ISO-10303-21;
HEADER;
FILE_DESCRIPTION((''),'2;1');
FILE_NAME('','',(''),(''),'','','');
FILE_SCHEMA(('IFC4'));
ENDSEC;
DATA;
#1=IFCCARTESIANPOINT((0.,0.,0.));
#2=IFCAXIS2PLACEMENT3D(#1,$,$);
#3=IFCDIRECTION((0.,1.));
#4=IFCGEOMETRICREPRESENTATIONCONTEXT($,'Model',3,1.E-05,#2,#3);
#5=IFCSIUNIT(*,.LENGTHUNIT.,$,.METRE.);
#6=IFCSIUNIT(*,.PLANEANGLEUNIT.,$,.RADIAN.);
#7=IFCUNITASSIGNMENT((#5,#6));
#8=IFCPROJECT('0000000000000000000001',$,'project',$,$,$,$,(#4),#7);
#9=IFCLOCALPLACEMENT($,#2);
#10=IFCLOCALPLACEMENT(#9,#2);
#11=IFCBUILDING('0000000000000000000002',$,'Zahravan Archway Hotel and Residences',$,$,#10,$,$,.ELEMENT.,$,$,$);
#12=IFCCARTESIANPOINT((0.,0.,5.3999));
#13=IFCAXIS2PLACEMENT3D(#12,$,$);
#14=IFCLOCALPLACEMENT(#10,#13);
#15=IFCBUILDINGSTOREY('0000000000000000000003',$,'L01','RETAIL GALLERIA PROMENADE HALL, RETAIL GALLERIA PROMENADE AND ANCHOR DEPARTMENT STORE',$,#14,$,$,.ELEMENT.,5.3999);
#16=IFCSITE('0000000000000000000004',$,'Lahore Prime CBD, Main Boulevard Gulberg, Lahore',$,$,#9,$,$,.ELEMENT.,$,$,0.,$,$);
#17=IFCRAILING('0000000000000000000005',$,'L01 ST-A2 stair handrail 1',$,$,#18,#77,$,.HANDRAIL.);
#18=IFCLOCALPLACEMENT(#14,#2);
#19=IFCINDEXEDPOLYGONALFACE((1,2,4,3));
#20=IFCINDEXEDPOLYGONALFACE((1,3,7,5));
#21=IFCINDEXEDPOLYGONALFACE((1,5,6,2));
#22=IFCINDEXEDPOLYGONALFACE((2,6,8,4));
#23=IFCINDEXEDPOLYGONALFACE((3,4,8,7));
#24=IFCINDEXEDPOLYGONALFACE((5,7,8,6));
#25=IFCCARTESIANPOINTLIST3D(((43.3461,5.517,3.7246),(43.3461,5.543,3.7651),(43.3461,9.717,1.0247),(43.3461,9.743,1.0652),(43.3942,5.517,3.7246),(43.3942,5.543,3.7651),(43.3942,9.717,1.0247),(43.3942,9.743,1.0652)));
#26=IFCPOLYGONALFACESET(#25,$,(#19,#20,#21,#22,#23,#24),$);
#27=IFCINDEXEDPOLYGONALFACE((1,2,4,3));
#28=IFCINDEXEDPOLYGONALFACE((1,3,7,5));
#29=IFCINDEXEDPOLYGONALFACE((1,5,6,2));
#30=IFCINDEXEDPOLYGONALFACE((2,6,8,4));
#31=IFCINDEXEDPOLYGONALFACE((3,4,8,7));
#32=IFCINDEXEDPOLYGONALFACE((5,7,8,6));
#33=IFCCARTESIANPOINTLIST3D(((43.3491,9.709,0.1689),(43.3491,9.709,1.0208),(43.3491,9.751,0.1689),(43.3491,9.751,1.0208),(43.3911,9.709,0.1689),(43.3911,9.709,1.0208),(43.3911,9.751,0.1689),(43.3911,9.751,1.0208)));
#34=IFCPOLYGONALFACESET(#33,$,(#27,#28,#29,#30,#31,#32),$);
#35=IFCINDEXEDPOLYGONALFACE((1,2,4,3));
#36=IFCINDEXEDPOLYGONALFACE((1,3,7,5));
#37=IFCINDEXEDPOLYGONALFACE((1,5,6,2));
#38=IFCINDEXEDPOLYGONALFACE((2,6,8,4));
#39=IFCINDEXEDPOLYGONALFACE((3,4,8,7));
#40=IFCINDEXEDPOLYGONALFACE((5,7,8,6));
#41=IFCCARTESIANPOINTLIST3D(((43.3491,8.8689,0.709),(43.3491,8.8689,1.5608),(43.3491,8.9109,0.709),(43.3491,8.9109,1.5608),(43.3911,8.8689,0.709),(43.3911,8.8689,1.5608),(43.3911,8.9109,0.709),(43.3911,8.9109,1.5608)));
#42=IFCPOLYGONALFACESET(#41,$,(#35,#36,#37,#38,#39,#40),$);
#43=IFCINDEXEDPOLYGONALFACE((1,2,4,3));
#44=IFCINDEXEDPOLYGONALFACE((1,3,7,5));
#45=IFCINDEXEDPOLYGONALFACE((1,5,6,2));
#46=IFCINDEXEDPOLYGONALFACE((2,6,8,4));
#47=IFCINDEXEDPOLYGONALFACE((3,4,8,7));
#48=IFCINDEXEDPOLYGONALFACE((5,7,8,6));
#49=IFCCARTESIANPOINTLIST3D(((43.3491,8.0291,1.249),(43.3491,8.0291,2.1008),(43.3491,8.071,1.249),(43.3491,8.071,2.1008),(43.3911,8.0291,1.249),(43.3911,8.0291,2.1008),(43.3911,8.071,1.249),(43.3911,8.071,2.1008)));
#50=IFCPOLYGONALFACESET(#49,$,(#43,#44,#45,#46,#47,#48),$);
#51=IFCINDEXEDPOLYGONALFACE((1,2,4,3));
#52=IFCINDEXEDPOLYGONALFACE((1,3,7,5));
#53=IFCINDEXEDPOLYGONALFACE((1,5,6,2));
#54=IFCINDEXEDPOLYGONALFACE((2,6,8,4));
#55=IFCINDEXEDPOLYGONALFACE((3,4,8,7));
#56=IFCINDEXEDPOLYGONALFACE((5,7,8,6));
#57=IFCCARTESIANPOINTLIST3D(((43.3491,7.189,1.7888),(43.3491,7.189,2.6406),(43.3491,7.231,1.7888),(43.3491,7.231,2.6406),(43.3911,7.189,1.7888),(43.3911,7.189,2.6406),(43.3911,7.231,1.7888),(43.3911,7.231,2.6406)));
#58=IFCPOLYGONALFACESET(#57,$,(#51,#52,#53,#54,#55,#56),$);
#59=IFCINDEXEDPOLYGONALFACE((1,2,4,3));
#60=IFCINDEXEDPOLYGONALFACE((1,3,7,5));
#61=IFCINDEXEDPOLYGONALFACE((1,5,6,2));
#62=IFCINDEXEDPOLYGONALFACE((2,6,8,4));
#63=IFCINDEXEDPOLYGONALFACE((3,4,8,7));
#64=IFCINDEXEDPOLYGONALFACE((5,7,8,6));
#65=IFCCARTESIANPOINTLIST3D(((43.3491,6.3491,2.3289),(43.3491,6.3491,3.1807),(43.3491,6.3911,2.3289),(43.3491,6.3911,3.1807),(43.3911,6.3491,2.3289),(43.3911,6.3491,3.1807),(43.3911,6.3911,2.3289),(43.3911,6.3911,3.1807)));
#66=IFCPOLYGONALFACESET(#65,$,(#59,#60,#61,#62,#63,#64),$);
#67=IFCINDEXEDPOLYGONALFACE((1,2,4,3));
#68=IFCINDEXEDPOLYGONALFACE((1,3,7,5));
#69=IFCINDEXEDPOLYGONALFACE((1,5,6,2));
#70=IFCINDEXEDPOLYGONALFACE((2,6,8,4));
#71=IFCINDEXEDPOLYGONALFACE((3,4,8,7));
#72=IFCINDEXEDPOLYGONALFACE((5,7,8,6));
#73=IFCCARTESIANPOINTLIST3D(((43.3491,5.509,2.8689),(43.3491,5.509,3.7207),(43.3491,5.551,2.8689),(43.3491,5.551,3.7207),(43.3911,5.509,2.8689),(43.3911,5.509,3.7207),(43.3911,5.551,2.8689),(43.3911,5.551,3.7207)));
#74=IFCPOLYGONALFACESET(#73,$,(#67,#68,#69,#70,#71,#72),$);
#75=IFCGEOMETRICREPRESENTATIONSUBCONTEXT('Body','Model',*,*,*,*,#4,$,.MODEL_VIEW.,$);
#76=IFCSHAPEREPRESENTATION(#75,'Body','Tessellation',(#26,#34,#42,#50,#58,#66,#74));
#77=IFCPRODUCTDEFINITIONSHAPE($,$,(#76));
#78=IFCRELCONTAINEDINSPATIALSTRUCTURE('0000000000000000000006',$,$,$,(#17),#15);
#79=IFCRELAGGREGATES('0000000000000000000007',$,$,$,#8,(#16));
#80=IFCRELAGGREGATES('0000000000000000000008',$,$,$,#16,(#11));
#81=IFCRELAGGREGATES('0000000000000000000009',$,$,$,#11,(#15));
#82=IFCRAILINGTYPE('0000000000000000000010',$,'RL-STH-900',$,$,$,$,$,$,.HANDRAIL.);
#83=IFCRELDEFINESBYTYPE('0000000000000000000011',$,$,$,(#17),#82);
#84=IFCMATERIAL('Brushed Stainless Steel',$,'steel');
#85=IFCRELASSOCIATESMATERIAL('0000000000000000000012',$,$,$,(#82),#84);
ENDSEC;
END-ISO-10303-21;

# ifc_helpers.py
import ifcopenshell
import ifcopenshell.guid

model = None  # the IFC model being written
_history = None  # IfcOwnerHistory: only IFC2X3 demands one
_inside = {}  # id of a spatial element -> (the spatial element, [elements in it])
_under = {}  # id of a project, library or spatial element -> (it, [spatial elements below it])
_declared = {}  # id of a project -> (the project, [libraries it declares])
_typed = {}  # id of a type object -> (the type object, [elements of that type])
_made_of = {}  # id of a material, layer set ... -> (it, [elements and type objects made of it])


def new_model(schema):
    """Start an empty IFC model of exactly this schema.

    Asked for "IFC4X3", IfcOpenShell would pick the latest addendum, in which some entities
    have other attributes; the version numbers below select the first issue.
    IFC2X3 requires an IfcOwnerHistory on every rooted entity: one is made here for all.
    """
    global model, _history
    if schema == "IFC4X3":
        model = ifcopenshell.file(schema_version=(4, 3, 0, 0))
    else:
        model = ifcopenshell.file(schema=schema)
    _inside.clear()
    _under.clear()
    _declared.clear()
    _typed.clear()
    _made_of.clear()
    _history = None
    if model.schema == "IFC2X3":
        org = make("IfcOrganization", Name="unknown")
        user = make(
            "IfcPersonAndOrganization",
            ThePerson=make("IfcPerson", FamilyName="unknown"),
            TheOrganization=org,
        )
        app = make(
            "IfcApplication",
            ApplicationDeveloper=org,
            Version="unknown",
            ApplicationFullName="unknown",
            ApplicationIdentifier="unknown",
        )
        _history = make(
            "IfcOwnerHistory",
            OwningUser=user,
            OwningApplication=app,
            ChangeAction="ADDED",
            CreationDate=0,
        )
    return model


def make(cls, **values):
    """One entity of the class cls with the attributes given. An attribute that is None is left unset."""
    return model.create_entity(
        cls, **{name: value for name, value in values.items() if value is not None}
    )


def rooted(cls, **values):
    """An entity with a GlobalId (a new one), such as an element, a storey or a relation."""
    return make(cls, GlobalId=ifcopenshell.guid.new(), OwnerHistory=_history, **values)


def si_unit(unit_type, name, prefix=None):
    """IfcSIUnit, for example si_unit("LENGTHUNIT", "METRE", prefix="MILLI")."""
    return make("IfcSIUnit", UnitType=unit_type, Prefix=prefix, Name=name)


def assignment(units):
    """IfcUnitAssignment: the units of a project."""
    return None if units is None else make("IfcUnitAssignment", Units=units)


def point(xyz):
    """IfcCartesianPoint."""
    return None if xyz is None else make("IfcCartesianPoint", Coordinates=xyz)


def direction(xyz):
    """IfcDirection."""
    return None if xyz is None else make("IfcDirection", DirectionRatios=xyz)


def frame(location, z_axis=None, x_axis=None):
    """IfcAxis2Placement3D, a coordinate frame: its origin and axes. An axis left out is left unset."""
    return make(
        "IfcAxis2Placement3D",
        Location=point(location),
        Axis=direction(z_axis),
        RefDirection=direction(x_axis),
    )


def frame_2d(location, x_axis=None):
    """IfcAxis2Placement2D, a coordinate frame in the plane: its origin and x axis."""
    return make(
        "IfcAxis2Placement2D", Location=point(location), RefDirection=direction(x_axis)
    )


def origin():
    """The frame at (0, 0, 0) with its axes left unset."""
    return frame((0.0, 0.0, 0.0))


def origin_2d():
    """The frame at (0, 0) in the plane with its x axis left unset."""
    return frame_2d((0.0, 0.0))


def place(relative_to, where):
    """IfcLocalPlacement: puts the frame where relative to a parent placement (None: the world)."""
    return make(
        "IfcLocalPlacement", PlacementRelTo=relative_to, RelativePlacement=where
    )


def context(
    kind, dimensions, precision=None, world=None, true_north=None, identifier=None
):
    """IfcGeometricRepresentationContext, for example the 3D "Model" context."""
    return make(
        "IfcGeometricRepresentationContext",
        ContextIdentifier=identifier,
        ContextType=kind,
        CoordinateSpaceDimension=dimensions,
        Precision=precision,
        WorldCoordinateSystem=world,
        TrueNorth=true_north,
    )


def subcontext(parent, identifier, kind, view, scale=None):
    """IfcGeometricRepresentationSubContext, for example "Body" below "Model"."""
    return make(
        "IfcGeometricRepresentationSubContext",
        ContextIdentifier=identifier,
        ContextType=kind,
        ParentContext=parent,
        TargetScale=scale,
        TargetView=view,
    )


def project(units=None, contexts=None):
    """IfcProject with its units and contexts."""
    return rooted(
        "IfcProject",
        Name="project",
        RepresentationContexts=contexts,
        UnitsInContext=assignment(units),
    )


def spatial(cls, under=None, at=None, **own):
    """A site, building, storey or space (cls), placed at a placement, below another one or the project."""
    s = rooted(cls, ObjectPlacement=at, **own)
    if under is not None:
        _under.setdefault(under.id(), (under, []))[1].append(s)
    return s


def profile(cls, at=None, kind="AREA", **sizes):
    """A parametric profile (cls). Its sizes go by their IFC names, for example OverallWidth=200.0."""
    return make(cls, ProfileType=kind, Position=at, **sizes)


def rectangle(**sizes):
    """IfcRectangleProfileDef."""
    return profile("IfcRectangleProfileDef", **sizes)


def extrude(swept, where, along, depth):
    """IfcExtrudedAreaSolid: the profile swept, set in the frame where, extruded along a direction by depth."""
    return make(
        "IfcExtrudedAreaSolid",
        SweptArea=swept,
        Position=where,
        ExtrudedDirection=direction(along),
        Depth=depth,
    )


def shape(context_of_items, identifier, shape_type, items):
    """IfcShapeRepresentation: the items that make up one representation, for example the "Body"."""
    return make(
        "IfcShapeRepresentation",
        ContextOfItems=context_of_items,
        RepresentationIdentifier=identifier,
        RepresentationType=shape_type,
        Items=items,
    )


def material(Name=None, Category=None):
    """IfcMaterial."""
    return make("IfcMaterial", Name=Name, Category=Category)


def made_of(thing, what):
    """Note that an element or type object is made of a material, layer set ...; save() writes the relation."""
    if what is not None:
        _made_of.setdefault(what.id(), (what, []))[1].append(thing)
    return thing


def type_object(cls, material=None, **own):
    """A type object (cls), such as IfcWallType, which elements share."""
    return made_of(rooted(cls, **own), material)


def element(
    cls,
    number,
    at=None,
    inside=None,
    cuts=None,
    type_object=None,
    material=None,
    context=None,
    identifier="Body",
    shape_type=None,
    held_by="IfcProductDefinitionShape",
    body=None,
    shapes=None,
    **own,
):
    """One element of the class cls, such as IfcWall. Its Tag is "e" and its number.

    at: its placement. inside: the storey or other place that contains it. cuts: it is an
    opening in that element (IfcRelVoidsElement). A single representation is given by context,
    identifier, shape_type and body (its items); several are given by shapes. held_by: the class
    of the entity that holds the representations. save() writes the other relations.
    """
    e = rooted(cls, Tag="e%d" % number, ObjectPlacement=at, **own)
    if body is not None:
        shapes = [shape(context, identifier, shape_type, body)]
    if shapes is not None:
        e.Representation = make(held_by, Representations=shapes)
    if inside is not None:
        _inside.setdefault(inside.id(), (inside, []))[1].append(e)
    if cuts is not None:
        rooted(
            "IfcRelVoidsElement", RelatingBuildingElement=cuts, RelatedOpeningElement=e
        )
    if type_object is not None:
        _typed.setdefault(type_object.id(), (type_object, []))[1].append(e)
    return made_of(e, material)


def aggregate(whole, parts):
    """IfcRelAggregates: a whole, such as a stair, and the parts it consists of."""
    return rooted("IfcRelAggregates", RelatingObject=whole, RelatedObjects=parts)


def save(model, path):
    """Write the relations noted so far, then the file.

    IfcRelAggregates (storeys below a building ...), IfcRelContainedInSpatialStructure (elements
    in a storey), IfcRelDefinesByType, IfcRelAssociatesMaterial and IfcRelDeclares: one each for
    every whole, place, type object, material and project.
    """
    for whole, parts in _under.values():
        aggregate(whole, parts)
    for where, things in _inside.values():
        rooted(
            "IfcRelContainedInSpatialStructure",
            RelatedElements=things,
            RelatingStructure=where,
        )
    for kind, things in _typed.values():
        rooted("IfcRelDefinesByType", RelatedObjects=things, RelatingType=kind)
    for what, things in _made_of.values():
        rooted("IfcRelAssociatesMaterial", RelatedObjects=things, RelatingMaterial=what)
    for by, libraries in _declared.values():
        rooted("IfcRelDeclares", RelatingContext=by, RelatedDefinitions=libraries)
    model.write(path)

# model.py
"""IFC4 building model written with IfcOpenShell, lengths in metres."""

from ifc_helpers import new_model, si_unit, direction, frame, origin, origin_2d, place, context, subcontext, project, spatial, rectangle, extrude, material, type_object, element, save


model = new_model("IFC4")

# Units and contexts
model_context = context("Model", 3, precision=1e-05, world=origin(), true_north=direction((0.0, 1.0)))
body_context = subcontext(model_context, "Body", "Model", "MODEL_VIEW")
ifc_project = project(units=[si_unit("LENGTHUNIT", "METRE"), si_unit("PLANEANGLEUNIT", "RADIAN")], contexts=[model_context])

# Site, building, storey
site_placement = place(None, origin())
site = spatial("IfcSite", under=ifc_project, at=site_placement, Name="Lahore Prime CBD, Main Boulevard Gulberg, Lahore", CompositionType="ELEMENT", RefElevation=0.0)
building_placement = place(site_placement, origin())
building = spatial("IfcBuilding", under=site, at=building_placement, Name="Zahravan Archway Hotel and Residences", CompositionType="ELEMENT")
storey_placement = place(building_placement, frame((0.0, 0.0, 5.3999)))
storey = spatial("IfcBuildingStorey", under=building, at=storey_placement, Name="L01", Description="RETAIL GALLERIA PROMENADE HALL, RETAIL GALLERIA PROMENADE AND ANCHOR DEPARTMENT STORE", CompositionType="ELEMENT", Elevation=5.3999)

# Shared definitions
ifc_material_1 = material(Name="Brushed Stainless Steel", Category="steel")

# Railing
railing_type = type_object("IfcRailingType", Name="RL-STH-900", PredefinedType="HANDRAIL", material=ifc_material_1)
railing_placement = place(storey_placement, frame((43.3701, 9.73, 0.1689)))
element("IfcRailing", 1, at=railing_placement, inside=storey, type_object=railing_type, Name="L01 ST-A2 stair handrail 1", PredefinedType="HANDRAIL", context=body_context, shape_type="SweptSolid", body=[
    extrude(rectangle(XDim=0.0481, YDim=0.0481, at=origin_2d()), frame((0.0, 0.0, 0.876), z_axis=(0.0, -0.84118, 0.540755), x_axis=(1.0, 0.0, 0.0)), (0.0, 0.0, 1.0), 4.9929),
    extrude(rectangle(XDim=0.042, YDim=0.042, at=origin_2d()), origin(), (0.0, 0.0, 1.0), 0.8518),
    extrude(rectangle(XDim=0.042, YDim=0.042, at=origin_2d()), frame((0.0, -0.8401, 0.54)), (0.0, 0.0, 1.0), 0.8518),
    extrude(rectangle(XDim=0.042, YDim=0.042, at=origin_2d()), frame((0.0, -1.6799, 1.0801)), (0.0, 0.0, 1.0), 0.8518),
    extrude(rectangle(XDim=0.042, YDim=0.042, at=origin_2d()), frame((0.0, -2.52, 1.6199)), (0.0, 0.0, 1.0), 0.8518),
    extrude(rectangle(XDim=0.042, YDim=0.042, at=origin_2d()), frame((0.0, -3.3599, 2.1599)), (0.0, 0.0, 1.0), 0.8518),
    extrude(rectangle(XDim=0.042, YDim=0.042, at=origin_2d()), frame((0.0, -4.2, 2.7)), (0.0, 0.0, 1.0), 0.8518),
])

save(model, "model.ifc")
